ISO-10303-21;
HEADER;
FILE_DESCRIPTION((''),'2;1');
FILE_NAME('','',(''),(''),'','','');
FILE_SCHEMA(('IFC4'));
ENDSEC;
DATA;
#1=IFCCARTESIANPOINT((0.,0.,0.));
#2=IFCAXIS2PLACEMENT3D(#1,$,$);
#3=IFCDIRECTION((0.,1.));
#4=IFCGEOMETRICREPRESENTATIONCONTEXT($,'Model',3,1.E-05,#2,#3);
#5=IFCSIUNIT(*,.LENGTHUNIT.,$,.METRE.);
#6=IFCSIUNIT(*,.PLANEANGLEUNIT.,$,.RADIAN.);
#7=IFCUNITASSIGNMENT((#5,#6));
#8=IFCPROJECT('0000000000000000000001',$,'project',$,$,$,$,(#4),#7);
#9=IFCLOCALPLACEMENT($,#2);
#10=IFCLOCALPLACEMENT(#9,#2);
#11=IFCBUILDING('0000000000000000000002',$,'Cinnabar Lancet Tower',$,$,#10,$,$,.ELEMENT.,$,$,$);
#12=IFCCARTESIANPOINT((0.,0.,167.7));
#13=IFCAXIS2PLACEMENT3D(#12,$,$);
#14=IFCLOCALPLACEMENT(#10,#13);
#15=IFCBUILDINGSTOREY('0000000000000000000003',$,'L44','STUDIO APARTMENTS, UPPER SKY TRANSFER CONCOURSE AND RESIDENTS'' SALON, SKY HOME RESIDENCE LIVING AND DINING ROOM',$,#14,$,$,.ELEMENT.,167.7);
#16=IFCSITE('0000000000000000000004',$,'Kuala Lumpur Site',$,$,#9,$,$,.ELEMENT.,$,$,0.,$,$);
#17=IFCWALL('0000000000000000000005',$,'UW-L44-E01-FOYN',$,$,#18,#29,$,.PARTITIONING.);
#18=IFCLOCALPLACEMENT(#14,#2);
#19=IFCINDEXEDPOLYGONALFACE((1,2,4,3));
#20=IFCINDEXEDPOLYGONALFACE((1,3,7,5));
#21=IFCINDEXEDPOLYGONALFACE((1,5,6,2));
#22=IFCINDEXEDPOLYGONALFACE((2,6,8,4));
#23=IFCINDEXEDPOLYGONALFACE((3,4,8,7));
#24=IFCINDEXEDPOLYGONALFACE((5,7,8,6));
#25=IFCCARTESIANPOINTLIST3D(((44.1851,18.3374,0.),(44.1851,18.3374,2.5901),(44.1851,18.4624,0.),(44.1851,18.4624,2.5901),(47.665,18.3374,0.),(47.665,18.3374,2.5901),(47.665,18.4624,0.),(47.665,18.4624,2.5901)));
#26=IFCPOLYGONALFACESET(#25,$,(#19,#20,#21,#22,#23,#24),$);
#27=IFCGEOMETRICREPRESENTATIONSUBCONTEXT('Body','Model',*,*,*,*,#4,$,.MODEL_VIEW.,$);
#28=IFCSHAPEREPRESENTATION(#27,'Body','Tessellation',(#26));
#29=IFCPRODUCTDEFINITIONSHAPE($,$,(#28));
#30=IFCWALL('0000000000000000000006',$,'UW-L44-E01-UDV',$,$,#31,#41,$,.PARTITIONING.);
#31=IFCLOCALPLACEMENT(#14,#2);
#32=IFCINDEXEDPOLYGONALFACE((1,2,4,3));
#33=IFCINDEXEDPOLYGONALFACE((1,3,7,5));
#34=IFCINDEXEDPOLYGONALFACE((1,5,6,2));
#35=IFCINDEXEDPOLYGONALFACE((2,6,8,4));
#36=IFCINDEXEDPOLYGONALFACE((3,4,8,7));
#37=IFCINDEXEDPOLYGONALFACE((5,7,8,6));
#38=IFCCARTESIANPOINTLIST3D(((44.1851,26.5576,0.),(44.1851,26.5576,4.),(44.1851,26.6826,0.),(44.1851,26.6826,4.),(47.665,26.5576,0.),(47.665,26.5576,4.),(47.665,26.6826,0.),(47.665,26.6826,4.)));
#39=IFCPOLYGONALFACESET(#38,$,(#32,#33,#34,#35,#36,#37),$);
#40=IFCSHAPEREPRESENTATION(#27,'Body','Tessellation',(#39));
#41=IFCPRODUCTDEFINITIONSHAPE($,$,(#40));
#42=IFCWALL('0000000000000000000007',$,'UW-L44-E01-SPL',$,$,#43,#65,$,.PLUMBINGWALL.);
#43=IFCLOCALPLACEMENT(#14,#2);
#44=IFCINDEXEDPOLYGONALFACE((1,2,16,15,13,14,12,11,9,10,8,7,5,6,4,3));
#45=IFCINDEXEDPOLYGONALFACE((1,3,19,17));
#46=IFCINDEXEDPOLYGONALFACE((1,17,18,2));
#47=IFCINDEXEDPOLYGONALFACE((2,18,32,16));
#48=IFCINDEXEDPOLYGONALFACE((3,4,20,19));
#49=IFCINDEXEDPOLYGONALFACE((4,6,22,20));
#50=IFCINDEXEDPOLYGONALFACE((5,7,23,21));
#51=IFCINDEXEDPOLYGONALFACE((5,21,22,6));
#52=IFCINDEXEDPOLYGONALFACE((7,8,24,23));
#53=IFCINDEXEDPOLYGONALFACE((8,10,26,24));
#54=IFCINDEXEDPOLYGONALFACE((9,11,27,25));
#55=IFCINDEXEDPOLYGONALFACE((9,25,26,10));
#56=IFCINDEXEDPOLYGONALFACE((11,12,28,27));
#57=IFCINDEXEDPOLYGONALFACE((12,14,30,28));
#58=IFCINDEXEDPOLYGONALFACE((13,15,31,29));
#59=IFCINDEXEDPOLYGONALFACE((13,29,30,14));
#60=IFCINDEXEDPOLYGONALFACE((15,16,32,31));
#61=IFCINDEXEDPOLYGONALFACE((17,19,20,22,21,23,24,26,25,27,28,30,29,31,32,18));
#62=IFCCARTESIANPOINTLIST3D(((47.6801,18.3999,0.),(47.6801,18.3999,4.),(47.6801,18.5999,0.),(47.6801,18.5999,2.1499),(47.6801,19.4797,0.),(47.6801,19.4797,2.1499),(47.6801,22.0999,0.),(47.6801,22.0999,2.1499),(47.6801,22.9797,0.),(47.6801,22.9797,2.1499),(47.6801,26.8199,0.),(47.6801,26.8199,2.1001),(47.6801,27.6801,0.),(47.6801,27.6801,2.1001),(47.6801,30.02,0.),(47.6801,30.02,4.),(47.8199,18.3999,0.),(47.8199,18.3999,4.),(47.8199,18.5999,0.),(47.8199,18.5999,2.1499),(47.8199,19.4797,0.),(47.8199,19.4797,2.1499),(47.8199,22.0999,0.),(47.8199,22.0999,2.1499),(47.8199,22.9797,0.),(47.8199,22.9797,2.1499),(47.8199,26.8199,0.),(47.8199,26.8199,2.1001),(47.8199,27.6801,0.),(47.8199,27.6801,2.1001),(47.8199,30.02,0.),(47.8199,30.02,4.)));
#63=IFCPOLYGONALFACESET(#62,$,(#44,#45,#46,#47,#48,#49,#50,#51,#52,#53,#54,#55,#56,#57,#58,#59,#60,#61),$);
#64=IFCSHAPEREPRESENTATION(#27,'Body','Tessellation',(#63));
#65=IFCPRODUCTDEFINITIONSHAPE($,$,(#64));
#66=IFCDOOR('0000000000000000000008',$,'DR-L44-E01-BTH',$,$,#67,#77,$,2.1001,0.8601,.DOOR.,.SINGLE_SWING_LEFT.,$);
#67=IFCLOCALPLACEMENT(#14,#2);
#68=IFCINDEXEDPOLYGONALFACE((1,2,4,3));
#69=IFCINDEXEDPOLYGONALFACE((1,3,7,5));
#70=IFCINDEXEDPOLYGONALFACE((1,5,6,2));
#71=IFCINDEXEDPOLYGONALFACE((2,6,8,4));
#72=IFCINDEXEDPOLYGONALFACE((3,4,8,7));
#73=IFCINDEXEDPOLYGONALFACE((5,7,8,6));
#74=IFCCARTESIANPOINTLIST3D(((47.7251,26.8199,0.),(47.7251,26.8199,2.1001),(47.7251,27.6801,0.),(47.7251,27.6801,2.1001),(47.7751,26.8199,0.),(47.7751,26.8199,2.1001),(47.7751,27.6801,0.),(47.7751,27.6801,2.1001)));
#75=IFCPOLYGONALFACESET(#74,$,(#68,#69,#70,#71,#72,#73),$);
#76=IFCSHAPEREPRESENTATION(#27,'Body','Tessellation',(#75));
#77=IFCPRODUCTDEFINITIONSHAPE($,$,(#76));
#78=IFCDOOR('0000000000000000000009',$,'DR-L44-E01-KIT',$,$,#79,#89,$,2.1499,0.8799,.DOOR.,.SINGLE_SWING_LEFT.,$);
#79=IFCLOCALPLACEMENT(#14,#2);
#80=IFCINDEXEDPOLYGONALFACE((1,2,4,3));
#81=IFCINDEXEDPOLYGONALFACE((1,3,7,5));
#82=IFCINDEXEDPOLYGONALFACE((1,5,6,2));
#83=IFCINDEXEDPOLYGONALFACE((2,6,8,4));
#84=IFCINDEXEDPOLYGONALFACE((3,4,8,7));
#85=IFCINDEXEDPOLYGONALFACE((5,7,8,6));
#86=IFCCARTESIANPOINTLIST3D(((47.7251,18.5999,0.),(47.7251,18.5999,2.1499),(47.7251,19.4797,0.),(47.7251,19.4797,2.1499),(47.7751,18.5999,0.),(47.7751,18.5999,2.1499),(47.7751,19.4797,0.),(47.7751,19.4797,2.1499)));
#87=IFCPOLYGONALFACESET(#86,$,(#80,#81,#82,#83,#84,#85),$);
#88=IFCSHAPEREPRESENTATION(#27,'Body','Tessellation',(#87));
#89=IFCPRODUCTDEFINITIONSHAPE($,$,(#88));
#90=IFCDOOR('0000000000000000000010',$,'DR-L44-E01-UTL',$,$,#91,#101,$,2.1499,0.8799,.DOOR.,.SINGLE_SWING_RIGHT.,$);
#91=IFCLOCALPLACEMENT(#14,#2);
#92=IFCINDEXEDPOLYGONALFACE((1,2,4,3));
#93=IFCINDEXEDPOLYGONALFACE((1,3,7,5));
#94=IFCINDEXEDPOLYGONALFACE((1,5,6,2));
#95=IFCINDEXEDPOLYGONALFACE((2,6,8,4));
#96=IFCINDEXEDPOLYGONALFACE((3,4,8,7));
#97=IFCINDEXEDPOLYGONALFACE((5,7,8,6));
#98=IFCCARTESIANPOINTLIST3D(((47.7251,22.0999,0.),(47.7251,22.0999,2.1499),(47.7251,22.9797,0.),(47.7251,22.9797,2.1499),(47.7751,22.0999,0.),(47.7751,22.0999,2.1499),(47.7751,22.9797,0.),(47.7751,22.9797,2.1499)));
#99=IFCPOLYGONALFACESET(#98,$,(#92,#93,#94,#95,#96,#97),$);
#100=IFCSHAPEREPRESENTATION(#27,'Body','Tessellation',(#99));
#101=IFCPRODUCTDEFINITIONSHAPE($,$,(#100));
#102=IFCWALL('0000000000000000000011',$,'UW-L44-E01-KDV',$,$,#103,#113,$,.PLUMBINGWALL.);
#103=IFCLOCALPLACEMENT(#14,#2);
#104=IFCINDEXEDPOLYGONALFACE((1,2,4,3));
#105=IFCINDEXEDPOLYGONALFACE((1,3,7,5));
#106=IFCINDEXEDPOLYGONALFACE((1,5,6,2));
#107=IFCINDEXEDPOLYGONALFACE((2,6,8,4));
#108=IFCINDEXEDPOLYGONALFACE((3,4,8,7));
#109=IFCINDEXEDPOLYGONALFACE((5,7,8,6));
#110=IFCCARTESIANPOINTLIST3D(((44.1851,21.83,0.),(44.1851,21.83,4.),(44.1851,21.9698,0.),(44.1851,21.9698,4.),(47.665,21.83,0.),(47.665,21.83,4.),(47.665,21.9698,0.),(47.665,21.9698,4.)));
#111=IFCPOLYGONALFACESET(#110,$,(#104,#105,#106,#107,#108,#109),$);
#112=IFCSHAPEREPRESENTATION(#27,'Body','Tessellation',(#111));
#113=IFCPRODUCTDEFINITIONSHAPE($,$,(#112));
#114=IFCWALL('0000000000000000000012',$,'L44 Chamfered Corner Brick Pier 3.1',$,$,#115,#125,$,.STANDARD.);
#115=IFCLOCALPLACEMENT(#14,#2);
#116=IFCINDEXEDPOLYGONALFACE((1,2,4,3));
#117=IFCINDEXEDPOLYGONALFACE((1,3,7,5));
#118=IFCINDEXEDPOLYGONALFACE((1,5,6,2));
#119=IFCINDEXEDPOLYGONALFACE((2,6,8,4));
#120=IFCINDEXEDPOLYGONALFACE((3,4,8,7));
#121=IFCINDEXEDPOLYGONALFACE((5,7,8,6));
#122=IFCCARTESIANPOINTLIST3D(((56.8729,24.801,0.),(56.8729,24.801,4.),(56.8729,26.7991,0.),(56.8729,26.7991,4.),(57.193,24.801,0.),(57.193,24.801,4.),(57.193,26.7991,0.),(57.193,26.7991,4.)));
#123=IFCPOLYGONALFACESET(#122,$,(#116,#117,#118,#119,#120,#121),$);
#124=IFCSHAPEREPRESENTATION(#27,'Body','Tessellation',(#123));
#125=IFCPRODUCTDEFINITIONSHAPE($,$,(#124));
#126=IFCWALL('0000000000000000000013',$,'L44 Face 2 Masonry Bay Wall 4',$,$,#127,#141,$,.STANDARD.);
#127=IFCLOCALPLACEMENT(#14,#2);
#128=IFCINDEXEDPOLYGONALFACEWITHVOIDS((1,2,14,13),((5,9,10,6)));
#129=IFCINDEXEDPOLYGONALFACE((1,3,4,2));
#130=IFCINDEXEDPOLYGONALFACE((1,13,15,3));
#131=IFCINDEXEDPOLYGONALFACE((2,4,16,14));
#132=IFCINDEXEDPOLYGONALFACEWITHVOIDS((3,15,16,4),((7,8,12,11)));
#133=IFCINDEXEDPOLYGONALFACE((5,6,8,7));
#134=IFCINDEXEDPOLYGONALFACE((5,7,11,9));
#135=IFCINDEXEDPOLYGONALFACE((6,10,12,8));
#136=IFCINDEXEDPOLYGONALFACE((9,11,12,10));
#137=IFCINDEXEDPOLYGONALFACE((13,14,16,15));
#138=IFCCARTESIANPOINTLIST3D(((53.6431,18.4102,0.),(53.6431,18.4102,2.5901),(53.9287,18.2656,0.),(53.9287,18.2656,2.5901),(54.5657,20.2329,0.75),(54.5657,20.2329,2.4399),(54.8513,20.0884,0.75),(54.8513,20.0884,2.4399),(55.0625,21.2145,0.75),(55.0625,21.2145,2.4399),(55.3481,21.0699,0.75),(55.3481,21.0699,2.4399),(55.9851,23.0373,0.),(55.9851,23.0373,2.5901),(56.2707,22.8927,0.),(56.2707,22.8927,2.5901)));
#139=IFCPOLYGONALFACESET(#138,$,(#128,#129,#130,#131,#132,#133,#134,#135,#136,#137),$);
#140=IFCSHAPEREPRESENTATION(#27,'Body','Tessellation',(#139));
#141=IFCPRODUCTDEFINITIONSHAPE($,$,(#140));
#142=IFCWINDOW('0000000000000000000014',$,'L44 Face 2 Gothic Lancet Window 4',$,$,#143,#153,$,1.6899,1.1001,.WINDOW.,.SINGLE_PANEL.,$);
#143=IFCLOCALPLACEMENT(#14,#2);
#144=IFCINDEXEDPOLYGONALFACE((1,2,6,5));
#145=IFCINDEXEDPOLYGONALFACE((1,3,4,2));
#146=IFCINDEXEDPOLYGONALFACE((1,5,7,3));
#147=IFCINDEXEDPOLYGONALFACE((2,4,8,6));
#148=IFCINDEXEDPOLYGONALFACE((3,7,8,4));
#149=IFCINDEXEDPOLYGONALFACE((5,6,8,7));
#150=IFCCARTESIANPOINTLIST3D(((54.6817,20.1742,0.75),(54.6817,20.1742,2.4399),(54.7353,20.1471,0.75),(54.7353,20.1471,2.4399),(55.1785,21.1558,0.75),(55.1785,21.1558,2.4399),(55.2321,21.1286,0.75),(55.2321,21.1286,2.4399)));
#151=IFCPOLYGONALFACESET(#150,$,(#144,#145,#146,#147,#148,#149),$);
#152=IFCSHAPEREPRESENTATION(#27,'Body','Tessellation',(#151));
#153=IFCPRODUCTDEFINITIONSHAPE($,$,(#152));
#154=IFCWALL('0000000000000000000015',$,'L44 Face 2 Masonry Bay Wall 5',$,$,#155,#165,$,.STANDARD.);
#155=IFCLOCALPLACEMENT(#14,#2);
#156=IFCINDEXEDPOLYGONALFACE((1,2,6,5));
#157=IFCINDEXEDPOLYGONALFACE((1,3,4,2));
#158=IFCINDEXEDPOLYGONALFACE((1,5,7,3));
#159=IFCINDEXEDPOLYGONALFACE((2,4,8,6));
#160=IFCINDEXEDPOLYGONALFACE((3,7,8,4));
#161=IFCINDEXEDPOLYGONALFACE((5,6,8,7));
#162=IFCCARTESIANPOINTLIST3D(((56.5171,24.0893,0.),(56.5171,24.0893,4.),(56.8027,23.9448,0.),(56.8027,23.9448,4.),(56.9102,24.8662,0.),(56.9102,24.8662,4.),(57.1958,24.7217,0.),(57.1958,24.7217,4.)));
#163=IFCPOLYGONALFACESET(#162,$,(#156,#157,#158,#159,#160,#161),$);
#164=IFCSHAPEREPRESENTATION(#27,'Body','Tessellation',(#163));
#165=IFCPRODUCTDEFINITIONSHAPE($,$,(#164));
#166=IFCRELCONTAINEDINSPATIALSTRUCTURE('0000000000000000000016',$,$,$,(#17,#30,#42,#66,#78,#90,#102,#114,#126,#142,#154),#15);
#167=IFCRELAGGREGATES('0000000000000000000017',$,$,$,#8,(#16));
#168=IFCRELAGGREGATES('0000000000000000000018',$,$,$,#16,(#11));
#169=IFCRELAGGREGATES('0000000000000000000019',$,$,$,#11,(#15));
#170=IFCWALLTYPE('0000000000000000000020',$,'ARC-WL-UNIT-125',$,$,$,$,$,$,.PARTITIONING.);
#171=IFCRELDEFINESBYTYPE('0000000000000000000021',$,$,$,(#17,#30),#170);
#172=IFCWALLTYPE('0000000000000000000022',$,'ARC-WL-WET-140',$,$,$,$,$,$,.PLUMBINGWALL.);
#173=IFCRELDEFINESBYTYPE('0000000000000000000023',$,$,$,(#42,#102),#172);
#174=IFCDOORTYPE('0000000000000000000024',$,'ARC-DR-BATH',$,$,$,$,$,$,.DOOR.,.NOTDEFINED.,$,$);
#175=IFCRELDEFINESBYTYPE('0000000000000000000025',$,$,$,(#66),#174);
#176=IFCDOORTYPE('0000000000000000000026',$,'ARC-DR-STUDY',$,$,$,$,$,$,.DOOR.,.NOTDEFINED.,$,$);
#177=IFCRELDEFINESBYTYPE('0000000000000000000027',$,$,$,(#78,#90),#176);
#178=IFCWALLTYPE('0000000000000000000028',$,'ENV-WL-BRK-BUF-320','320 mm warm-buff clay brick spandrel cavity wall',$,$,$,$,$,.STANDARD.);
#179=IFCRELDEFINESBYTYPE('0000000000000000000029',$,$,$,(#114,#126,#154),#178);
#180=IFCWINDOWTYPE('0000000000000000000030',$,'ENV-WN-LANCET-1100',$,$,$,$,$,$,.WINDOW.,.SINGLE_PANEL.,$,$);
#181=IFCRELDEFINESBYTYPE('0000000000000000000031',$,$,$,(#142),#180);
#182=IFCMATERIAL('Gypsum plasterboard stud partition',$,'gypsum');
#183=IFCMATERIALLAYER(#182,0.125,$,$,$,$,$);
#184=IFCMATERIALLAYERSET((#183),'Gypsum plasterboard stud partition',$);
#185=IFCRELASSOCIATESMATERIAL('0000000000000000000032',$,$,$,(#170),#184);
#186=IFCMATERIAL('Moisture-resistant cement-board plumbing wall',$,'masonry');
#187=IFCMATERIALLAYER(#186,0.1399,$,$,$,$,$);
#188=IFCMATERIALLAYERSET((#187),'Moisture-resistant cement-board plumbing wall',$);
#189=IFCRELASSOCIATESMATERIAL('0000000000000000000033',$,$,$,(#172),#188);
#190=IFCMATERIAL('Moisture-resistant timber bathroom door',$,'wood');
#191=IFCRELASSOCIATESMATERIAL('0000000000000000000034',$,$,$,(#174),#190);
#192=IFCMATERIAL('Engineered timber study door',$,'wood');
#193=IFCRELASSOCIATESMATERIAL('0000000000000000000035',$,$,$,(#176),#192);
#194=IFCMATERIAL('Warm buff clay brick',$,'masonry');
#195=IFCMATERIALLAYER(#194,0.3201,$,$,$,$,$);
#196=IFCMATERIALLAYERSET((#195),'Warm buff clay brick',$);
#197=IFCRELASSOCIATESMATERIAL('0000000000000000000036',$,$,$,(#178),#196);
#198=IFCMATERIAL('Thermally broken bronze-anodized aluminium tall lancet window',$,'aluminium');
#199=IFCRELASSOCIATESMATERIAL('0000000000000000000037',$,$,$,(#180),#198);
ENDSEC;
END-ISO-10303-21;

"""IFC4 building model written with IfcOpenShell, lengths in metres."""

from ifc_helpers import new_model, si_unit, direction, frame, frame_2d, origin, place, context, subcontext, project, spatial, rectangle, extrude, material, layer, layer_set, type_object, element, fill, save


model = new_model("IFC4")

# Units and contexts
model_context = context("Model", 3, precision=1e-05, world=origin(), true_north=direction((0.0, 1.0)))
body_context = subcontext(model_context, "Body", "Model", "MODEL_VIEW")
ifc_project = project(units=[si_unit("LENGTHUNIT", "METRE"), si_unit("PLANEANGLEUNIT", "RADIAN")], contexts=[model_context])

# Site, building, storey
site_placement = place(None, origin())
site = spatial("IfcSite", under=ifc_project, at=site_placement, Name="Kuala Lumpur Site", CompositionType="ELEMENT", RefElevation=0.0)
building_placement = place(site_placement, origin())
building = spatial("IfcBuilding", under=site, at=building_placement, Name="Cinnabar Lancet Tower", CompositionType="ELEMENT")
storey_placement = place(building_placement, frame((0.0, 0.0, 167.7)))
storey = spatial("IfcBuildingStorey", under=building, at=storey_placement, Name="L44", Description="STUDIO APARTMENTS, UPPER SKY TRANSFER CONCOURSE AND RESIDENTS' SALON, SKY HOME RESIDENCE LIVING AND DINING ROOM", CompositionType="ELEMENT", Elevation=167.7)

# Walls
ifc_material_1 = material(Name="Gypsum plasterboard stud partition", Category="gypsum")
ifc_layer_1 = layer(ifc_material_1, 0.125)
ifc_layer_set_1 = layer_set([ifc_layer_1], Name="Gypsum plasterboard stud partition")
wall_type_1 = type_object("IfcWallType", Name="ARC-WL-UNIT-125", PredefinedType="PARTITIONING", material=ifc_layer_set_1)
wall_1_placement = place(storey_placement, frame((44.1851, 18.3999, 0.0), z_axis=(0.0, 0.0, 1.0), x_axis=(1.0, 0.0, 0.0)))
element("IfcWall", 1, at=wall_1_placement, inside=storey, type_object=wall_type_1, Name="UW-L44-E01-FOYN", PredefinedType="PARTITIONING", context=body_context, shape_type="SweptSolid", body=[
    extrude(rectangle(XDim=3.48, YDim=0.125, at=frame_2d((1.74, 0.0))), origin(), (0.0, 0.0, 1.0), 2.5901),
])
wall_2_placement = place(storey_placement, frame((44.1851, 26.6201, 0.0), z_axis=(0.0, 0.0, 1.0), x_axis=(1.0, 0.0, 0.0)))
element("IfcWall", 2, at=wall_2_placement, inside=storey, type_object=wall_type_1, Name="UW-L44-E01-UDV", PredefinedType="PARTITIONING", context=body_context, shape_type="SweptSolid", body=[
    extrude(rectangle(XDim=3.48, YDim=0.125, at=frame_2d((1.74, 0.0))), origin(), (0.0, 0.0, 1.0), 4.0),
])

# Wall, openings, doors
ifc_material_2 = material(Name="Moisture-resistant cement-board plumbing wall", Category="masonry")
ifc_layer_2 = layer(ifc_material_2, 0.1399)
ifc_layer_set_2 = layer_set([ifc_layer_2], Name="Moisture-resistant cement-board plumbing wall")
wall_type_2 = type_object("IfcWallType", Name="ARC-WL-WET-140", PredefinedType="PLUMBINGWALL", material=ifc_layer_set_2)
wall_3_placement = place(storey_placement, frame((47.75, 18.3999, 0.0), z_axis=(0.0, 0.0, 1.0), x_axis=(0.0, 1.0, 0.0)))
wall_3 = element("IfcWall", 3, at=wall_3_placement, inside=storey, type_object=wall_type_2, Name="UW-L44-E01-SPL", PredefinedType="PLUMBINGWALL", context=body_context, shape_type="SweptSolid", body=[
    extrude(rectangle(XDim=11.6201, YDim=0.1399, at=frame_2d((5.8101, 0.0))), origin(), (0.0, 0.0, 1.0), 4.0),
])
opening_1_placement = place(wall_3_placement, frame((0.2, 0.0, 0.0)))
opening_1 = element("IfcOpeningElement", 4, at=opening_1_placement, cuts=wall_3, PredefinedType="OPENING", context=body_context, shape_type="SweptSolid", body=[
    extrude(rectangle(XDim=0.8799, YDim=2.1499, at=frame_2d((0.4399, 1.075))), frame((0.0, 0.0798, 0.0), z_axis=(0.0, -1.0, 0.0), x_axis=(1.0, 0.0, 0.0)), (0.0, 0.0, 1.0), 0.1599),
])
opening_2_placement = place(wall_3_placement, frame((3.7, 0.0, 0.0)))
opening_2 = element("IfcOpeningElement", 5, at=opening_2_placement, cuts=wall_3, PredefinedType="OPENING", context=body_context, shape_type="SweptSolid", body=[
    extrude(rectangle(XDim=0.8799, YDim=2.1499, at=frame_2d((0.4399, 1.075))), frame((0.0, 0.0798, 0.0), z_axis=(0.0, -1.0, 0.0), x_axis=(1.0, 0.0, 0.0)), (0.0, 0.0, 1.0), 0.1599),
])
opening_3_placement = place(wall_3_placement, frame((8.4199, 0.0, 0.0)))
opening_3 = element("IfcOpeningElement", 6, at=opening_3_placement, cuts=wall_3, PredefinedType="OPENING", context=body_context, shape_type="SweptSolid", body=[
    extrude(rectangle(XDim=0.8601, YDim=2.1001, at=frame_2d((0.4302, 1.05))), frame((0.0, 0.0798, 0.0), z_axis=(0.0, -1.0, 0.0), x_axis=(1.0, 0.0, 0.0)), (0.0, 0.0, 1.0), 0.1599),
])
ifc_material_3 = material(Name="Moisture-resistant timber bathroom door", Category="wood")
door_type_1 = type_object("IfcDoorType", Name="ARC-DR-BATH", OperationType="NOTDEFINED", PredefinedType="DOOR", material=ifc_material_3)
door_1_placement = place(opening_3_placement, origin())
door_1 = element("IfcDoor", 7, at=door_1_placement, inside=storey, type_object=door_type_1, Name="DR-L44-E01-BTH", OperationType="SINGLE_SWING_LEFT", OverallHeight=2.1001, OverallWidth=0.8601, PredefinedType="DOOR", context=body_context, shape_type="SweptSolid", body=[
    extrude(rectangle(XDim=0.8601, YDim=2.1001, at=frame_2d((0.4302, 1.05))), frame((0.0, 0.0249, 0.0), z_axis=(0.0, -1.0, 0.0), x_axis=(1.0, 0.0, 0.0)), (0.0, 0.0, 1.0), 0.05),
])
fill(opening_3, door_1)
ifc_material_4 = material(Name="Engineered timber study door", Category="wood")
door_type_2 = type_object("IfcDoorType", Name="ARC-DR-STUDY", OperationType="NOTDEFINED", PredefinedType="DOOR", material=ifc_material_4)
door_2_placement = place(opening_1_placement, origin())
door_2 = element("IfcDoor", 8, at=door_2_placement, inside=storey, type_object=door_type_2, Name="DR-L44-E01-KIT", OperationType="SINGLE_SWING_LEFT", OverallHeight=2.1499, OverallWidth=0.8799, PredefinedType="DOOR", context=body_context, shape_type="SweptSolid", body=[
    extrude(rectangle(XDim=0.8799, YDim=2.1499, at=frame_2d((0.4399, 1.075))), frame((0.0, 0.0249, 0.0), z_axis=(0.0, -1.0, 0.0), x_axis=(1.0, 0.0, 0.0)), (0.0, 0.0, 1.0), 0.05),
])
fill(opening_1, door_2)
door_3_placement = place(opening_2_placement, origin())
door_3 = element("IfcDoor", 9, at=door_3_placement, inside=storey, type_object=door_type_2, Name="DR-L44-E01-UTL", OperationType="SINGLE_SWING_RIGHT", OverallHeight=2.1499, OverallWidth=0.8799, PredefinedType="DOOR", context=body_context, shape_type="SweptSolid", body=[
    extrude(rectangle(XDim=0.8799, YDim=2.1499, at=frame_2d((0.4399, 1.075))), frame((0.0, 0.0249, 0.0), z_axis=(0.0, -1.0, 0.0), x_axis=(1.0, 0.0, 0.0)), (0.0, 0.0, 1.0), 0.05),
])
fill(opening_2, door_3)

# Walls
wall_4_placement = place(storey_placement, frame((44.1851, 21.8999, 0.0), z_axis=(0.0, 0.0, 1.0), x_axis=(1.0, 0.0, 0.0)))
element("IfcWall", 10, at=wall_4_placement, inside=storey, type_object=wall_type_2, Name="UW-L44-E01-KDV", PredefinedType="PLUMBINGWALL", context=body_context, shape_type="SweptSolid", body=[
    extrude(rectangle(XDim=3.48, YDim=0.1399, at=frame_2d((1.74, 0.0))), origin(), (0.0, 0.0, 1.0), 4.0),
])
ifc_material_5 = material(Name="Warm buff clay brick", Category="masonry")
ifc_layer_3 = layer(ifc_material_5, 0.3201)
ifc_layer_set_3 = layer_set([ifc_layer_3], Name="Warm buff clay brick")
wall_type_3 = type_object("IfcWallType", Name="ENV-WL-BRK-BUF-320", Description="320 mm warm-buff clay brick spandrel cavity wall", PredefinedType="STANDARD", material=ifc_layer_set_3)
wall_5_placement = place(storey_placement, frame((57.033, 24.801, 0.0), z_axis=(0.0, 0.0, 1.0), x_axis=(0.0, 1.0, 0.0)))
element("IfcWall", 11, at=wall_5_placement, inside=storey, type_object=wall_type_3, Name="L44 Chamfered Corner Brick Pier 3.1", PredefinedType="STANDARD", context=body_context, shape_type="SweptSolid", body=[
    extrude(rectangle(XDim=1.998, YDim=0.3201, at=frame_2d((0.999, 0.0))), origin(), (0.0, 0.0, 1.0), 4.0),
])

# Wall, opening, window
wall_6_placement = place(storey_placement, frame((53.7859, 18.3379, 0.0), z_axis=(0.0, 0.0, 1.0), x_axis=(0.451596, 0.892223, 0.0)))
wall_6 = element("IfcWall", 12, at=wall_6_placement, inside=storey, type_object=wall_type_3, Name="L44 Face 2 Masonry Bay Wall 4", PredefinedType="STANDARD", context=body_context, shape_type="SweptSolid", body=[
    extrude(rectangle(XDim=5.186, YDim=0.3201, at=frame_2d((2.593, 0.0))), origin(), (0.0, 0.0, 1.0), 2.5901),
])
opening_4_placement = place(wall_6_placement, frame((2.043, 0.0, 0.75)))
opening_4 = element("IfcOpeningElement", 13, at=opening_4_placement, cuts=wall_6, PredefinedType="OPENING", context=body_context, shape_type="SweptSolid", body=[
    extrude(rectangle(XDim=1.1001, YDim=1.6899, at=frame_2d((0.55, 0.845))), frame((0.0, 0.1699, 0.0), z_axis=(0.0, -1.0, 0.0), x_axis=(1.0, 0.0, 0.0)), (0.0, 0.0, 1.0), 0.3401),
])
ifc_material_6 = material(Name="Thermally broken bronze-anodized aluminium tall lancet window", Category="aluminium")
window_type = type_object("IfcWindowType", Name="ENV-WN-LANCET-1100", PartitioningType="SINGLE_PANEL", PredefinedType="WINDOW", material=ifc_material_6)
window_placement = place(opening_4_placement, origin())
window = element("IfcWindow", 14, at=window_placement, inside=storey, type_object=window_type, Name="L44 Face 2 Gothic Lancet Window 4", OverallHeight=1.6899, OverallWidth=1.1001, PartitioningType="SINGLE_PANEL", PredefinedType="WINDOW", context=body_context, shape_type="SweptSolid", body=[
    extrude(rectangle(XDim=1.1001, YDim=1.6899, at=frame_2d((0.55, 0.845))), frame((0.0, 0.03, 0.0), z_axis=(0.0, -1.0, 0.0), x_axis=(1.0, 0.0, 0.0)), (0.0, 0.0, 1.0), 0.0601),
])
fill(opening_4, window)

# Wall
wall_7_placement = place(storey_placement, frame((56.6599, 24.0171, 0.0), z_axis=(0.0, 0.0, 1.0), x_axis=(0.451471, 0.892286, 0.0)))
element("IfcWall", 15, at=wall_7_placement, inside=storey, type_object=wall_type_3, Name="L44 Face 2 Masonry Bay Wall 5", PredefinedType="STANDARD", context=body_context, shape_type="SweptSolid", body=[
    extrude(rectangle(XDim=0.8706, YDim=0.3201, at=frame_2d((0.4353, 0.0))), origin(), (0.0, 0.0, 1.0), 4.0),
])

save(model, "model.ifc")
